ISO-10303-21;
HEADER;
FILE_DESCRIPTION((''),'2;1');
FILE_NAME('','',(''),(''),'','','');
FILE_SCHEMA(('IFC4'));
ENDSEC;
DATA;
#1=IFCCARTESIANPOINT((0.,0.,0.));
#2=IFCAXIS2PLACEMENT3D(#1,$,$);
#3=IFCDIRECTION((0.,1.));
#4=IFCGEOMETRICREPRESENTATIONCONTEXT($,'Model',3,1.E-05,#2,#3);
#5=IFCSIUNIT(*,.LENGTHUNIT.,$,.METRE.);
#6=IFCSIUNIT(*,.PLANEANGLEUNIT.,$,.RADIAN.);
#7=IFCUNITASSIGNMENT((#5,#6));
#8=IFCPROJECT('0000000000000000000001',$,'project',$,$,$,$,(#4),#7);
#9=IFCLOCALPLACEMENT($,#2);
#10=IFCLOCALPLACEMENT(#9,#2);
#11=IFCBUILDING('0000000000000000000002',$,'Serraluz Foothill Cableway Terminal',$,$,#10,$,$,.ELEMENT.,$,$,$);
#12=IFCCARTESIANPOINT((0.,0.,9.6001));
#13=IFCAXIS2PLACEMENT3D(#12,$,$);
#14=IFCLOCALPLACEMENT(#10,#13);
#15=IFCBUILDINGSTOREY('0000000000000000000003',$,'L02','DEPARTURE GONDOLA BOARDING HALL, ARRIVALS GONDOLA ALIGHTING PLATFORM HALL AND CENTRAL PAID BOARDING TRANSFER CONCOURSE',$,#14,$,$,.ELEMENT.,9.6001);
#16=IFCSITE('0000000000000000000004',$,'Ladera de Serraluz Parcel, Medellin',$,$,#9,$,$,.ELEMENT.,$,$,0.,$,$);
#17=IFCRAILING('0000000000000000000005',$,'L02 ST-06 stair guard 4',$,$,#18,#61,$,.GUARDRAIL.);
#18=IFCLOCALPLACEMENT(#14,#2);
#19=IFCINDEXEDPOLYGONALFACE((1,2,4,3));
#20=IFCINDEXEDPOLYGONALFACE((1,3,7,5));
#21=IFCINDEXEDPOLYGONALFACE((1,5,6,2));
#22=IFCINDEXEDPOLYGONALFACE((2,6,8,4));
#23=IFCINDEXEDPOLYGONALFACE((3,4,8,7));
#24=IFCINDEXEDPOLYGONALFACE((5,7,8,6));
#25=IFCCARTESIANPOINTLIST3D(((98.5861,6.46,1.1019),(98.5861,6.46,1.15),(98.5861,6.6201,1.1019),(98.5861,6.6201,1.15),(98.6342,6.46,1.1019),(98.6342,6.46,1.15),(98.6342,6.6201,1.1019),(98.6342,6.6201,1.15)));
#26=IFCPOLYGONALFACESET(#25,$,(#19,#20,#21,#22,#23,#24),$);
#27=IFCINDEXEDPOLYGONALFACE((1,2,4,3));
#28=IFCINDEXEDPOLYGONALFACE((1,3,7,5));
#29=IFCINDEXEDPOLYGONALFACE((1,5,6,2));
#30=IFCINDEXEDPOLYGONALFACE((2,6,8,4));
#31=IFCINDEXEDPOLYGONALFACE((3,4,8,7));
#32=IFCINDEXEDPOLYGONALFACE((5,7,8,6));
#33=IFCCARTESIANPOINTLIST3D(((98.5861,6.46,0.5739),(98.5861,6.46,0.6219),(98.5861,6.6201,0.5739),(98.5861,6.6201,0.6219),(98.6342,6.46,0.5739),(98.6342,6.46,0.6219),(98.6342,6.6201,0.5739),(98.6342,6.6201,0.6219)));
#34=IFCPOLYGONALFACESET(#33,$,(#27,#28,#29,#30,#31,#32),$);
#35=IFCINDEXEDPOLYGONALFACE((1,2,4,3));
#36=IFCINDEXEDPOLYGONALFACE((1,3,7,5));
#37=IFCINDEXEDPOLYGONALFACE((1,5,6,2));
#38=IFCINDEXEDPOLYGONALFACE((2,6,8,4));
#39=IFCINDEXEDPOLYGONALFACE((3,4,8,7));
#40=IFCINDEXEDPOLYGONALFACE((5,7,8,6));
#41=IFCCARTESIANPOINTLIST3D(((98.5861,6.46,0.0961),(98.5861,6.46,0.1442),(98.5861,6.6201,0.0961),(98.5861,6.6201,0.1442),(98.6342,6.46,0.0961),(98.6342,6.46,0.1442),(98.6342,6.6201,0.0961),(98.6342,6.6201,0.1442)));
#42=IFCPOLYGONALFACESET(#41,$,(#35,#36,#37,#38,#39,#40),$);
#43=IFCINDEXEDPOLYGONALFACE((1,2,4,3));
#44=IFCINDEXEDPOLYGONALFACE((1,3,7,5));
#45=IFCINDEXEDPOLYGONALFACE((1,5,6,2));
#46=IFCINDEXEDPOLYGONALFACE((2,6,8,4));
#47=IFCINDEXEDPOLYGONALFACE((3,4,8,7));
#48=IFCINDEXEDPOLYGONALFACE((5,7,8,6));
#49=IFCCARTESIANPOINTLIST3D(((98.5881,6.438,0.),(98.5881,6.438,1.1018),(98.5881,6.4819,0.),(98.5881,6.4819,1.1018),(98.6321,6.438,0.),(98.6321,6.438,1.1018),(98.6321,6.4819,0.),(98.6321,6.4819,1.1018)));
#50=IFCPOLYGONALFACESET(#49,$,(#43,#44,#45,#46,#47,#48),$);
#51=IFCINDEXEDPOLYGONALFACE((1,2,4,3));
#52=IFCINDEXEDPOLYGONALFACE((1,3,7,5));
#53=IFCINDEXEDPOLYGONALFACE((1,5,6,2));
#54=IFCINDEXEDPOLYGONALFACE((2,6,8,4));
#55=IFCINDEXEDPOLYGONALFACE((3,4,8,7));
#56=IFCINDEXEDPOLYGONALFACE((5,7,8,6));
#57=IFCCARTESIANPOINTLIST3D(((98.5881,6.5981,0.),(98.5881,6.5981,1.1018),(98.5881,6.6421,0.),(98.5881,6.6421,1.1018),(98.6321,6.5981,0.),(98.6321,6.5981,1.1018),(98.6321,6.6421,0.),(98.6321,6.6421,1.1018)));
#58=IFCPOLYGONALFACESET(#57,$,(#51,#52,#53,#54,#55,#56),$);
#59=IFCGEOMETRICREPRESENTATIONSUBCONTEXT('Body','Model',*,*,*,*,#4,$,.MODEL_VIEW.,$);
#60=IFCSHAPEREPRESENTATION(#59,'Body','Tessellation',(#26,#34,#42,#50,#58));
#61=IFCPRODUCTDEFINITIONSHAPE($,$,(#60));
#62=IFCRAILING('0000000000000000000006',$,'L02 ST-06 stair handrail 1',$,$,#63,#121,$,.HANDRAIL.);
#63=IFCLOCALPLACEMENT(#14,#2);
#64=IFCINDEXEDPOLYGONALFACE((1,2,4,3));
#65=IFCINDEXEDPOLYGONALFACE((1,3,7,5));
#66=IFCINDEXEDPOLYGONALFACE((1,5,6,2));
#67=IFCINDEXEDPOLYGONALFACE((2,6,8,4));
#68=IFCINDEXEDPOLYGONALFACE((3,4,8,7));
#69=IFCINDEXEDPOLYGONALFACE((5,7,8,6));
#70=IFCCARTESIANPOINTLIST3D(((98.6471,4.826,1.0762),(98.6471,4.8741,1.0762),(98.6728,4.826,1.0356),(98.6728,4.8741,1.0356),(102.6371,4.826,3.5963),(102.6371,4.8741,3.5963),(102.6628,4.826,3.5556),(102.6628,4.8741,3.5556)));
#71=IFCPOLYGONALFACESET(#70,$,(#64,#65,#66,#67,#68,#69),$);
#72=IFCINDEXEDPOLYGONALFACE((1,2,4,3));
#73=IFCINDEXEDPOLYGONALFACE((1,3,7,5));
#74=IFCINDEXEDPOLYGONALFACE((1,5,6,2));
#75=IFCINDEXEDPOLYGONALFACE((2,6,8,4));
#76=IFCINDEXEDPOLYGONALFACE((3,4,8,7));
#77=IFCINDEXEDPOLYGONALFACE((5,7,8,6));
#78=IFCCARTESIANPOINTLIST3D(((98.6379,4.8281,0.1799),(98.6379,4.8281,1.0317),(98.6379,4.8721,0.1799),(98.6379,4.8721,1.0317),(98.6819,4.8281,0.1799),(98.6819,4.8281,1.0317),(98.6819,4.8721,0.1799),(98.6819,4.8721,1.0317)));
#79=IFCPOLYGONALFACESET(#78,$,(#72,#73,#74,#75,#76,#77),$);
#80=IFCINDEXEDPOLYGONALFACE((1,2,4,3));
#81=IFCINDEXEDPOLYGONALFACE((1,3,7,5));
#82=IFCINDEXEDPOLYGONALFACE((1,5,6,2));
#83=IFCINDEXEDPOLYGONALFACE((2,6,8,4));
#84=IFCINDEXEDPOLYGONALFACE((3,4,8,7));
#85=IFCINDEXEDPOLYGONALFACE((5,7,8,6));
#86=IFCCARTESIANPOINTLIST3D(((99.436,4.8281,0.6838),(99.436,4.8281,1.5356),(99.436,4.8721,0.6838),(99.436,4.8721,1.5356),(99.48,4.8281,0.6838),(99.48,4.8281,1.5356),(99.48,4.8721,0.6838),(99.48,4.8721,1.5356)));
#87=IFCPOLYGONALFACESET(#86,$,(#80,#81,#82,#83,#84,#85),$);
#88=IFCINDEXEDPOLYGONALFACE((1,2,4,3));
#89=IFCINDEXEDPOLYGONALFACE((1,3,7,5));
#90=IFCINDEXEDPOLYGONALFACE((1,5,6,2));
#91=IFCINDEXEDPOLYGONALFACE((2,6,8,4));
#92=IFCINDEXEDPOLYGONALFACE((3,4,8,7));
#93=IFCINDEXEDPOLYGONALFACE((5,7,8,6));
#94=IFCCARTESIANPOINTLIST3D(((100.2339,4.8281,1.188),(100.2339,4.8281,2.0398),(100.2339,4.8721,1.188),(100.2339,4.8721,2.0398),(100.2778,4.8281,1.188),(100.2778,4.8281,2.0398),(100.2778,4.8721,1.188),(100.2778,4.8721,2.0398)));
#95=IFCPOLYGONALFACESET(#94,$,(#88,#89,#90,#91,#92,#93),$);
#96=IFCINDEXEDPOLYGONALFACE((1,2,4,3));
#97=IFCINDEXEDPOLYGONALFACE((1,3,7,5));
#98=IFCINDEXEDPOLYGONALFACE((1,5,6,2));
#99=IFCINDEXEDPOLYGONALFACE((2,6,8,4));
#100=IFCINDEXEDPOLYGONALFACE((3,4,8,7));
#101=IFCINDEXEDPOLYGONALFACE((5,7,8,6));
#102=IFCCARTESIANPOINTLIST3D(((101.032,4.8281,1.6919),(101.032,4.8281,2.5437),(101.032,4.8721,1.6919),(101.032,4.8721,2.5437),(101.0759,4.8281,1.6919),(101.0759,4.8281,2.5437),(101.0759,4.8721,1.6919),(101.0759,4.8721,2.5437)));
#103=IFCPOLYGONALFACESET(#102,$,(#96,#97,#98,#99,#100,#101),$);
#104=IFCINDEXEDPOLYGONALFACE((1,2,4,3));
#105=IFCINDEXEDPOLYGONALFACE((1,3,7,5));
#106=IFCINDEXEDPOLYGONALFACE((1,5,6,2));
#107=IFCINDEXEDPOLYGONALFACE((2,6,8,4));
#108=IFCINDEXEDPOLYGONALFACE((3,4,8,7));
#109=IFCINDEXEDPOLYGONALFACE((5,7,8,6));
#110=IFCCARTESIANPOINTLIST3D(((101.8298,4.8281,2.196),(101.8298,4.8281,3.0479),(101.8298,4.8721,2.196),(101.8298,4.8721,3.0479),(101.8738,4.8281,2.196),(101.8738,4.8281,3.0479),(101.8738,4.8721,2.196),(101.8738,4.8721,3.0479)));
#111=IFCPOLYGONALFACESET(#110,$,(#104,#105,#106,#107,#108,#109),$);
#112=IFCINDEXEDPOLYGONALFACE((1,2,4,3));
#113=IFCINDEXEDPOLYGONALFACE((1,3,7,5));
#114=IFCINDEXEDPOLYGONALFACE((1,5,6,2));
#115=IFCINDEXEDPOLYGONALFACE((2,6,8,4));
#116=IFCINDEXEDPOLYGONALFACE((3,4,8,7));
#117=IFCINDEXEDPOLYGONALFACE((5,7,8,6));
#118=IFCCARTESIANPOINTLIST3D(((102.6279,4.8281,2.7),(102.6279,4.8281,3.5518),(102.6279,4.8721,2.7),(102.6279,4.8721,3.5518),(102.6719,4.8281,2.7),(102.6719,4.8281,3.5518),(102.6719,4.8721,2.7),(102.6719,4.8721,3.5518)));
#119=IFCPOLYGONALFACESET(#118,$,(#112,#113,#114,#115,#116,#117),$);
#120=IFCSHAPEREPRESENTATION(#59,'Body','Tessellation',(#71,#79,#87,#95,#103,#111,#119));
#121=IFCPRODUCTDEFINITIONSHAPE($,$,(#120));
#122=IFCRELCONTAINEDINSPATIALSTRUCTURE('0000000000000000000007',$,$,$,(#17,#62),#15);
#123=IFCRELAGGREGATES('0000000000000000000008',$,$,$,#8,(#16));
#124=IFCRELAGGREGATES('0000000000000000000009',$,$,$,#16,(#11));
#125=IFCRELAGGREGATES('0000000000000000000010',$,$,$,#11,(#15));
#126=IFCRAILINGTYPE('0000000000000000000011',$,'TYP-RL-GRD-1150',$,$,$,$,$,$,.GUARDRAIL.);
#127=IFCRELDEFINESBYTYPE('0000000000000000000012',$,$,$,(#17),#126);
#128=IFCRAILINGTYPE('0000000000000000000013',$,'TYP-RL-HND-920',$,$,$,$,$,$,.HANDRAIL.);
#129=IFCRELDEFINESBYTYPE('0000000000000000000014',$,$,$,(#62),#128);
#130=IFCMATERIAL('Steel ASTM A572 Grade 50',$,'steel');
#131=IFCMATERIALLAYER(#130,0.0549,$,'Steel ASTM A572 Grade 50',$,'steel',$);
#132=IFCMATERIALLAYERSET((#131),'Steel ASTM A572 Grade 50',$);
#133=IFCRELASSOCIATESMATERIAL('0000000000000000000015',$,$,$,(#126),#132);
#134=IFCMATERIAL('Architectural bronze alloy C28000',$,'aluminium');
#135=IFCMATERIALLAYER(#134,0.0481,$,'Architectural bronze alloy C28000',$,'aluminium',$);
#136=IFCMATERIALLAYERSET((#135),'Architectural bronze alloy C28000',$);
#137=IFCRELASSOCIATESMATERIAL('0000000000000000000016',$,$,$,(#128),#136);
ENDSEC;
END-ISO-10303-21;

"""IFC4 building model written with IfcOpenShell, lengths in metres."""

from ifc_helpers import new_model, si_unit, direction, frame, origin, origin_2d, place, context, subcontext, project, spatial, rectangle, extrude, material, layer, layer_set, type_object, element, save


model = new_model("IFC4")

# Units and contexts
model_context = context("Model", 3, precision=1e-05, world=origin(), true_north=direction((0.0, 1.0)))
body_context = subcontext(model_context, "Body", "Model", "MODEL_VIEW")
ifc_project = project(units=[si_unit("LENGTHUNIT", "METRE"), si_unit("PLANEANGLEUNIT", "RADIAN")], contexts=[model_context])

# Site, building, storey
site_placement = place(None, origin())
site = spatial("IfcSite", under=ifc_project, at=site_placement, Name="Ladera de Serraluz Parcel, Medellin", CompositionType="ELEMENT", RefElevation=0.0)
building_placement = place(site_placement, origin())
building = spatial("IfcBuilding", under=site, at=building_placement, Name="Serraluz Foothill Cableway Terminal", CompositionType="ELEMENT")
storey_placement = place(building_placement, frame((0.0, 0.0, 9.6001)))
storey = spatial("IfcBuildingStorey", under=building, at=storey_placement, Name="L02", Description="DEPARTURE GONDOLA BOARDING HALL, ARRIVALS GONDOLA ALIGHTING PLATFORM HALL AND CENTRAL PAID BOARDING TRANSFER CONCOURSE", CompositionType="ELEMENT", Elevation=9.6001)

# Shared definitions
ifc_material_1 = material(Name="Architectural bronze alloy C28000", Category="aluminium")

# Shared definitions
ifc_material_2 = material(Name="Steel ASTM A572 Grade 50", Category="steel")

# Railings
ifc_layer_1 = layer(ifc_material_2, 0.0549, Name="Steel ASTM A572 Grade 50", Category="steel")
ifc_layer_set_1 = layer_set([ifc_layer_1], Name="Steel ASTM A572 Grade 50")
railing_type_1 = type_object("IfcRailingType", Name="TYP-RL-GRD-1150", PredefinedType="GUARDRAIL", material=ifc_layer_set_1)
railing_1_placement = place(storey_placement, frame((98.6101, 6.46, 0.0)))
element("IfcRailing", 1, at=railing_1_placement, inside=storey, type_object=railing_type_1, Name="L02 ST-06 stair guard 4", PredefinedType="GUARDRAIL", context=body_context, shape_type="SweptSolid", body=[
    extrude(rectangle(XDim=0.0481, YDim=0.0481, at=origin_2d()), frame((0.0, 0.0, 1.126), z_axis=(0.0, 1.0, 0.0), x_axis=(-1.0, 0.0, 0.0)), (0.0, 0.0, 1.0), 0.1602),
    extrude(rectangle(XDim=0.0481, YDim=0.0481, at=origin_2d()), frame((0.0, 0.0, 0.5979), z_axis=(0.0, 1.0, 0.0), x_axis=(-1.0, 0.0, 0.0)), (0.0, 0.0, 1.0), 0.1602),
    extrude(rectangle(XDim=0.0481, YDim=0.0481, at=origin_2d()), frame((0.0, 0.0, 0.1201), z_axis=(0.0, 1.0, 0.0), x_axis=(-1.0, 0.0, 0.0)), (0.0, 0.0, 1.0), 0.1602),
    extrude(rectangle(XDim=0.0439, YDim=0.0439, at=origin_2d()), origin(), (0.0, 0.0, 1.0), 1.1018),
    extrude(rectangle(XDim=0.0439, YDim=0.0439, at=origin_2d()), frame((0.0, 0.1602, 0.0)), (0.0, 0.0, 1.0), 1.1018),
])
ifc_layer_2 = layer(ifc_material_1, 0.0481, Name="Architectural bronze alloy C28000", Category="aluminium")
ifc_layer_set_2 = layer_set([ifc_layer_2], Name="Architectural bronze alloy C28000")
railing_type_2 = type_object("IfcRailingType", Name="TYP-RL-HND-920", PredefinedType="HANDRAIL", material=ifc_layer_set_2)
railing_2_placement = place(storey_placement, frame((98.6599, 4.8501, 0.1799)))
element("IfcRailing", 2, at=railing_2_placement, inside=storey, type_object=railing_type_2, Name="L02 ST-06 stair handrail 1", PredefinedType="HANDRAIL", context=body_context, shape_type="SweptSolid", body=[
    extrude(rectangle(XDim=0.0481, YDim=0.0481, at=origin_2d()), frame((0.0, 0.0, 0.876), z_axis=(0.845486, 0.0, 0.533997), x_axis=(0.0, 1.0, 0.0)), (0.0, 0.0, 1.0), 4.7192),
    extrude(rectangle(XDim=0.0439, YDim=0.0439, at=origin_2d()), origin(), (0.0, 0.0, 1.0), 0.8518),
    extrude(rectangle(XDim=0.0439, YDim=0.0439, at=origin_2d()), frame((0.7981, 0.0, 0.5039)), (0.0, 0.0, 1.0), 0.8518),
    extrude(rectangle(XDim=0.0439, YDim=0.0439, at=origin_2d()), frame((1.5959, 0.0, 1.0081)), (0.0, 0.0, 1.0), 0.8518),
    extrude(rectangle(XDim=0.0439, YDim=0.0439, at=origin_2d()), frame((2.394, 0.0, 1.512)), (0.0, 0.0, 1.0), 0.8518),
    extrude(rectangle(XDim=0.0439, YDim=0.0439, at=origin_2d()), frame((3.1919, 0.0, 2.0161)), (0.0, 0.0, 1.0), 0.8518),
    extrude(rectangle(XDim=0.0439, YDim=0.0439, at=origin_2d()), frame((3.99, 0.0, 2.52)), (0.0, 0.0, 1.0), 0.8518),
])

save(model, "model.ifc")
